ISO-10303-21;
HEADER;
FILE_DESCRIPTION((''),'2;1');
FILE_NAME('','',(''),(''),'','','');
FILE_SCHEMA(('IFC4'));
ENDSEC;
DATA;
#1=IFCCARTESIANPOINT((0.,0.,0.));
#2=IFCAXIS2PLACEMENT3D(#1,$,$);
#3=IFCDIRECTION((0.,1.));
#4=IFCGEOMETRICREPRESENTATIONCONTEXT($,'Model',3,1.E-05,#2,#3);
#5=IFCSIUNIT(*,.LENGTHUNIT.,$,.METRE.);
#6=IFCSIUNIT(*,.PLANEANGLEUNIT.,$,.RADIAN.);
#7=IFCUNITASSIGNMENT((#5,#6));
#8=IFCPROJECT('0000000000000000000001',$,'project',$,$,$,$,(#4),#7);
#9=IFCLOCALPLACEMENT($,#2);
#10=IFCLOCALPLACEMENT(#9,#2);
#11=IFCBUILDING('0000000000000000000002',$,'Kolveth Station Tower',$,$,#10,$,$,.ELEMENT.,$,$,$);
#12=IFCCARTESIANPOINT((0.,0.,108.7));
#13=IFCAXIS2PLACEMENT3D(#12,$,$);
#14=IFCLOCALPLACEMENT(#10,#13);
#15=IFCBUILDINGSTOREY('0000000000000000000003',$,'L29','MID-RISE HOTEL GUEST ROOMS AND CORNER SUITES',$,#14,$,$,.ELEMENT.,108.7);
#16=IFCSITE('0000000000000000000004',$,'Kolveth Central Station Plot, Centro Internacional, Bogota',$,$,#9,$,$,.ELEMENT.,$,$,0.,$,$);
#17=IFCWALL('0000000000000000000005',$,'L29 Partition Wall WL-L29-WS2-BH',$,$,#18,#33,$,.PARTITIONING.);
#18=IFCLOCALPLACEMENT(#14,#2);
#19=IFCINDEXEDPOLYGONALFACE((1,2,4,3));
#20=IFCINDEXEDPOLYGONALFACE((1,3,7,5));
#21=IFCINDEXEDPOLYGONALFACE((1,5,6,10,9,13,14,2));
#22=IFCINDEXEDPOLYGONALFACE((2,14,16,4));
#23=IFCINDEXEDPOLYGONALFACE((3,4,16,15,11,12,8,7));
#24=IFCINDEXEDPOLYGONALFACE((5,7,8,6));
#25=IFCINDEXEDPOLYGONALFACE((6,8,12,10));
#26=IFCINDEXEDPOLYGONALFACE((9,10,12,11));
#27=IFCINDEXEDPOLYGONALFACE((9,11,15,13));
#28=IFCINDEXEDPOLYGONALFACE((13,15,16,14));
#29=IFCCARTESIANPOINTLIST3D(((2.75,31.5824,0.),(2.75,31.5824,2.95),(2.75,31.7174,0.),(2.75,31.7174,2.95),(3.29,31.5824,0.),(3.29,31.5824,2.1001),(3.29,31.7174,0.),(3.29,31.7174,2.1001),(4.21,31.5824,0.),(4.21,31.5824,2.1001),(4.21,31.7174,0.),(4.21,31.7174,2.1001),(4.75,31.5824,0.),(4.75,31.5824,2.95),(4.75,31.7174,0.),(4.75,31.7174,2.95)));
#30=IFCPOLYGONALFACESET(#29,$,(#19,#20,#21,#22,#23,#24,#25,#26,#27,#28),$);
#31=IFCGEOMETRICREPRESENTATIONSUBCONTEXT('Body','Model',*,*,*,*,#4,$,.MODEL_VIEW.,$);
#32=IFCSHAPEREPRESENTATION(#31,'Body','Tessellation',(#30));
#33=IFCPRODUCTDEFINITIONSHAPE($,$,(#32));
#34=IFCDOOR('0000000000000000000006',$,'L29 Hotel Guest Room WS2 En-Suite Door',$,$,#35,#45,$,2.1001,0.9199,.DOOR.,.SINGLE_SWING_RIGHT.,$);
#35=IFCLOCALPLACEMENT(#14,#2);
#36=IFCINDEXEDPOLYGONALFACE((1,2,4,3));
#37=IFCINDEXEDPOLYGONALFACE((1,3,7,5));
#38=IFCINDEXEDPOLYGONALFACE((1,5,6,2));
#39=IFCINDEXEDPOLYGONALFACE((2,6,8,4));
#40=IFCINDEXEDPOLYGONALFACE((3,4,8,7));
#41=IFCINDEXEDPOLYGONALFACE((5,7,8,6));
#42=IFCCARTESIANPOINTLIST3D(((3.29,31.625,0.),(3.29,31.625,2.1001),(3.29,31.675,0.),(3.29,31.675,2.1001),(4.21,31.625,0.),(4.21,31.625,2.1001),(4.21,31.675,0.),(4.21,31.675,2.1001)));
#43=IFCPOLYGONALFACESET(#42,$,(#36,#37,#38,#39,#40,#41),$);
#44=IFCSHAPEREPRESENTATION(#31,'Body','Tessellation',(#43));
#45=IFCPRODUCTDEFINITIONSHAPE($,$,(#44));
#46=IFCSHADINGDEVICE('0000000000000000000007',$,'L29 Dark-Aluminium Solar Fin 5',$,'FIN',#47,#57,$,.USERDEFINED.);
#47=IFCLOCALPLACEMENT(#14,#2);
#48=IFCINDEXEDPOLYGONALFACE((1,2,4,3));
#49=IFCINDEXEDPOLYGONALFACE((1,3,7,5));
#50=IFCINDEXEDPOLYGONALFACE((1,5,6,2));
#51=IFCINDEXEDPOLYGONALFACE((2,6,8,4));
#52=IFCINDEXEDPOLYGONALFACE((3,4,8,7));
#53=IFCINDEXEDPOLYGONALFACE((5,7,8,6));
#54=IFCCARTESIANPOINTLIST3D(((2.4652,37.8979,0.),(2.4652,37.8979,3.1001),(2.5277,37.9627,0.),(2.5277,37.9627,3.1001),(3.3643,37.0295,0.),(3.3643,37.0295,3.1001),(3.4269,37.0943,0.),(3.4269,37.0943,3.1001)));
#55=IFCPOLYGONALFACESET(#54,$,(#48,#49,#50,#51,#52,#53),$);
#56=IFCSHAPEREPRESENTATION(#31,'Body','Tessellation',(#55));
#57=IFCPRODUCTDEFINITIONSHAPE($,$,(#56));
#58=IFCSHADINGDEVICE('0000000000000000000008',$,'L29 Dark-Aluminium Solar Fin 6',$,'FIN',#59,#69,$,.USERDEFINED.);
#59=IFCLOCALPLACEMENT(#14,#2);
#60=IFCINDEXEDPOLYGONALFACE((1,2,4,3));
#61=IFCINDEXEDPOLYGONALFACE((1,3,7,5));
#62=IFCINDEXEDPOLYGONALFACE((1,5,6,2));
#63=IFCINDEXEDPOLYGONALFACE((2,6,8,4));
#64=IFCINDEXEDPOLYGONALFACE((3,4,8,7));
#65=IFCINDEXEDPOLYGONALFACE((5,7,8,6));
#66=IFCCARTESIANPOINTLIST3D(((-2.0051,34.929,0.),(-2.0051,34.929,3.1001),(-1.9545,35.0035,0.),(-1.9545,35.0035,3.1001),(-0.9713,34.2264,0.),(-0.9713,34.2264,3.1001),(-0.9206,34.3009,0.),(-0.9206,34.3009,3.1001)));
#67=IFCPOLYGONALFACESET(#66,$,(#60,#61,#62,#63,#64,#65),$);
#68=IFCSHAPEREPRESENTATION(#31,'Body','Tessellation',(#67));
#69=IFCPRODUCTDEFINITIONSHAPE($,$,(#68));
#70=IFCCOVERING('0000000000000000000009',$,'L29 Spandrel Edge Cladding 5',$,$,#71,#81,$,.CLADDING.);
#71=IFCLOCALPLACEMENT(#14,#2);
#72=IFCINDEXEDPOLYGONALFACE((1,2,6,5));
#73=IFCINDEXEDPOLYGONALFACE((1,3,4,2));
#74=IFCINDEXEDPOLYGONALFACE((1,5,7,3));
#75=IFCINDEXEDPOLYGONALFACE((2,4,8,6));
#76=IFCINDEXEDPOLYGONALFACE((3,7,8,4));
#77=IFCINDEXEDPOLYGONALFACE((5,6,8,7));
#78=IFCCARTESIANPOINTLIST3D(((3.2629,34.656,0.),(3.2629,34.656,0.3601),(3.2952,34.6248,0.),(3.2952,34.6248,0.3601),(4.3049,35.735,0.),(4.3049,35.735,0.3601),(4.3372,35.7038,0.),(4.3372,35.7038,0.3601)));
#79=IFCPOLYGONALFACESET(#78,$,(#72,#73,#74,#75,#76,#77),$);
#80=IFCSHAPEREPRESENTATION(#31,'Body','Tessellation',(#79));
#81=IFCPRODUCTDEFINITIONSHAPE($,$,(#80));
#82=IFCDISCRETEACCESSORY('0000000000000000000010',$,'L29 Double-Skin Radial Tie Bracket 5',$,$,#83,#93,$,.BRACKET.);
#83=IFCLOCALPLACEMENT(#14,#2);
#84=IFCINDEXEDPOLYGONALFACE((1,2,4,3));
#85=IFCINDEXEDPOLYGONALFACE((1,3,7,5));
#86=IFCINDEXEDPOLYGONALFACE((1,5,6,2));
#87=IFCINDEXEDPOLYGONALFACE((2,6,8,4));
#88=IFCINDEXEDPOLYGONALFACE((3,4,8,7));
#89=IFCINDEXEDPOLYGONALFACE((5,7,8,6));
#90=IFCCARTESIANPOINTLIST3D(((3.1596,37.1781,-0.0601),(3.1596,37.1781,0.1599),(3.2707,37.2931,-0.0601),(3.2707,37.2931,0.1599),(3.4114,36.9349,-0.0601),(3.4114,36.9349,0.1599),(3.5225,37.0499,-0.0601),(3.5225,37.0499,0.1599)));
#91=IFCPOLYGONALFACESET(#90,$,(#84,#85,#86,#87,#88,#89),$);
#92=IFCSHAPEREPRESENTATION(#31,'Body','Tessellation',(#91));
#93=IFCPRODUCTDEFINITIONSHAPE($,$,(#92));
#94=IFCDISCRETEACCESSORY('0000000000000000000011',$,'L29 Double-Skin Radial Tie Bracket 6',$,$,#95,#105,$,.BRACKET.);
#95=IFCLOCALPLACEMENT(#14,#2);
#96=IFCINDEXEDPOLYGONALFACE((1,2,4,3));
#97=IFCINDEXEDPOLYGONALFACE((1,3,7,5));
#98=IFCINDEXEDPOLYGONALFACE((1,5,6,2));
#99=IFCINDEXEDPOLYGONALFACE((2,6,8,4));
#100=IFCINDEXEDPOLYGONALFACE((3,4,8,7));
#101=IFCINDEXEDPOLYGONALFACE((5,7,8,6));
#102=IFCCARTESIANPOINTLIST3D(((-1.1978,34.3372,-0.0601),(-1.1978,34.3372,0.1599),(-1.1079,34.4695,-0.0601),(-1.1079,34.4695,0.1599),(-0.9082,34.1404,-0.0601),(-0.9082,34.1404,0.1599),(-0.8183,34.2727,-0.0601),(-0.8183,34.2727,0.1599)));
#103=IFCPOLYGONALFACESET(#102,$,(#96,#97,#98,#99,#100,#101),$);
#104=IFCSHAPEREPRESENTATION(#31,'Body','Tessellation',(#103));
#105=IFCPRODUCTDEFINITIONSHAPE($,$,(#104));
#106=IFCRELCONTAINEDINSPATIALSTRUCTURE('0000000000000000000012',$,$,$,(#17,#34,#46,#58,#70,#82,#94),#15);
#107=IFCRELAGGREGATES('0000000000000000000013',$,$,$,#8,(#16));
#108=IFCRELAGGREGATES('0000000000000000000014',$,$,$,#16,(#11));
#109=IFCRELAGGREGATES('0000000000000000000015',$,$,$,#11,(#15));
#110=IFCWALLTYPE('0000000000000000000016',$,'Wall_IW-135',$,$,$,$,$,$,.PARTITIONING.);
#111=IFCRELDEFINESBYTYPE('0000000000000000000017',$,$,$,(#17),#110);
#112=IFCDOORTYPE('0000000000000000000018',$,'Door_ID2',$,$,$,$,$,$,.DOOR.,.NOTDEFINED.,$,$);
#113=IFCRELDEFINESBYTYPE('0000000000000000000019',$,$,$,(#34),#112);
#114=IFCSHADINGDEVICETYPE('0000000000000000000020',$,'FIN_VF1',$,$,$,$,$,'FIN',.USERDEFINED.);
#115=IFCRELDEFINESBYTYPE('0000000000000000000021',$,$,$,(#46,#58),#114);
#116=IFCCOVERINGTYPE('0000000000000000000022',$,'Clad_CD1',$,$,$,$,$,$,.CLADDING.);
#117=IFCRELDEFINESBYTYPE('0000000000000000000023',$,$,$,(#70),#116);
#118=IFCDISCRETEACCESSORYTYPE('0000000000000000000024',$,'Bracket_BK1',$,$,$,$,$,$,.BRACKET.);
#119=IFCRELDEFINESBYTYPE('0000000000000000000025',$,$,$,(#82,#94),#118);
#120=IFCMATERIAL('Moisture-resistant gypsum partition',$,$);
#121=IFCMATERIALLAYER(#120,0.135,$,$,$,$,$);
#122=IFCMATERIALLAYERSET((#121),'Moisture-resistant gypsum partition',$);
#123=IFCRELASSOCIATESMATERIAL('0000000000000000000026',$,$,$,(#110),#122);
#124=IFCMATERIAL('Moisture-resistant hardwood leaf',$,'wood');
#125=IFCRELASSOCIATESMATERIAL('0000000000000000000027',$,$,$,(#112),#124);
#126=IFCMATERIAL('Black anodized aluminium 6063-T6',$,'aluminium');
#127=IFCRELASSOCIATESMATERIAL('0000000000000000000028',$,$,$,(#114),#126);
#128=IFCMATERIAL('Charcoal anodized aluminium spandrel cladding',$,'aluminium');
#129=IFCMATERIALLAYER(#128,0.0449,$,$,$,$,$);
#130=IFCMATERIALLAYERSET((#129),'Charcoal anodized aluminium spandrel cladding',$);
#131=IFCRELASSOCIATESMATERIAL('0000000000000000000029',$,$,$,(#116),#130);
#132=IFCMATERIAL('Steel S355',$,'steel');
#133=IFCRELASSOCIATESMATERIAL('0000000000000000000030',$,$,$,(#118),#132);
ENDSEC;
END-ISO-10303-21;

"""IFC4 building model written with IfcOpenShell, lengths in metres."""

from ifc_helpers import new_model, si_unit, direction, frame, frame_2d, origin, origin_2d, place, context, subcontext, project, spatial, rectangle, extrude, source, transform, mapped, material, layer, layer_set, type_object, element, fill, save


model = new_model("IFC4")

# Units and contexts
model_context = context("Model", 3, precision=1e-05, world=origin(), true_north=direction((0.0, 1.0)))
body_context = subcontext(model_context, "Body", "Model", "MODEL_VIEW")
ifc_project = project(units=[si_unit("LENGTHUNIT", "METRE"), si_unit("PLANEANGLEUNIT", "RADIAN")], contexts=[model_context])

# Site, building, storey
site_placement = place(None, origin())
site = spatial("IfcSite", under=ifc_project, at=site_placement, Name="Kolveth Central Station Plot, Centro Internacional, Bogota", CompositionType="ELEMENT", RefElevation=0.0)
building_placement = place(site_placement, origin())
building = spatial("IfcBuilding", under=site, at=building_placement, Name="Kolveth Station Tower", CompositionType="ELEMENT")
storey_placement = place(building_placement, frame((0.0, 0.0, 108.7)))
storey = spatial("IfcBuildingStorey", under=building, at=storey_placement, Name="L29", Description="MID-RISE HOTEL GUEST ROOMS AND CORNER SUITES", CompositionType="ELEMENT", Elevation=108.7)

# Shared definitions
ifc_material_1 = material(Name="Black anodized aluminium 6063-T6", Category="aluminium")

# Wall, opening, door
ifc_material_2 = material(Name="Moisture-resistant gypsum partition")
ifc_layer_1 = layer(ifc_material_2, 0.135)
ifc_layer_set_1 = layer_set([ifc_layer_1], Name="Moisture-resistant gypsum partition")
wall_type = type_object("IfcWallType", Name="Wall_IW-135", PredefinedType="PARTITIONING", material=ifc_layer_set_1)
wall_placement = place(storey_placement, frame((2.75, 31.6499, 0.0), z_axis=(0.0, 0.0, 1.0), x_axis=(1.0, 0.0, 0.0)))
wall = element("IfcWall", 1, at=wall_placement, inside=storey, type_object=wall_type, Name="L29 Partition Wall WL-L29-WS2-BH", PredefinedType="PARTITIONING", context=body_context, shape_type="SweptSolid", body=[
    extrude(rectangle(XDim=2.0, YDim=0.135, at=frame_2d((1.0, 0.0))), origin(), (0.0, 0.0, 1.0), 2.95),
])
opening_placement = place(wall_placement, frame((0.54, 0.0, 0.0)))
opening = element("IfcOpeningElement", 2, at=opening_placement, cuts=wall, PredefinedType="OPENING", context=body_context, shape_type="SweptSolid", body=[
    extrude(rectangle(XDim=0.9199, YDim=2.1001, at=frame_2d((0.46, 1.05))), frame((0.0, 0.0774, 0.0), z_axis=(0.0, -1.0, 0.0), x_axis=(1.0, 0.0, 0.0)), (0.0, 0.0, 1.0), 0.155),
])
ifc_material_3 = material(Name="Moisture-resistant hardwood leaf", Category="wood")
door_type = type_object("IfcDoorType", Name="Door_ID2", OperationType="NOTDEFINED", PredefinedType="DOOR", material=ifc_material_3)
door_placement = place(opening_placement, frame((0.9199, 0.0, 0.0), z_axis=(0.0, 0.0, 1.0), x_axis=(-1.0, 0.0, 0.0)))
door = element("IfcDoor", 3, at=door_placement, inside=storey, type_object=door_type, Name="L29 Hotel Guest Room WS2 En-Suite Door", OperationType="SINGLE_SWING_RIGHT", OverallHeight=2.1001, OverallWidth=0.9199, PredefinedType="DOOR", context=body_context, shape_type="SweptSolid", body=[
    extrude(rectangle(XDim=0.9199, YDim=2.1001, at=frame_2d((0.46, 1.05))), frame((0.0, 0.0249, 0.0), z_axis=(0.0, -1.0, 0.0), x_axis=(1.0, 0.0, 0.0)), (0.0, 0.0, 1.0), 0.05),
])
fill(opening, door)

# Shading devices
shading_device_type = type_object("IfcShadingDeviceType", Name="FIN_VF1", ElementType="FIN", PredefinedType="USERDEFINED", material=ifc_material_1)
shared_shape_1 = source(origin(), body_context, "Body", "SweptSolid", [
    extrude(rectangle(XDim=1.25, YDim=0.0901, at=origin_2d()), origin(), (0.0, 0.0, 1.0), 3.1001),
])
for number, where, z_axis, x_axis, name in (
    (4, (2.946, 37.4961, 0.0), (0.0, 0.0, 1.0), (-0.71934, 0.694658, 0.0), "L29 Dark-Aluminium Solar Fin 5"),
    (5, (-1.4629, 34.615, 0.0), (0.0, 0.0, 1.0), (-0.827081, 0.562083, 0.0), "L29 Dark-Aluminium Solar Fin 6"),
):
    element("IfcShadingDevice", number, at=place(storey_placement, frame(where, z_axis=z_axis, x_axis=x_axis)), inside=storey, type_object=shading_device_type, Name=name, ObjectType="FIN", PredefinedType="USERDEFINED", context=body_context, shape_type="MappedRepresentation", body=[
        mapped(shared_shape_1, transform((0.0, 0.0, 0.0), x_axis=(1.0, 0.0, 0.0), y_axis=(0.0, 1.0, 0.0), z_axis=(0.0, 0.0, 1.0), scale=1.0)),
    ])

# Covering
ifc_material_4 = material(Name="Charcoal anodized aluminium spandrel cladding", Category="aluminium")
ifc_layer_2 = layer(ifc_material_4, 0.0449)
ifc_layer_set_2 = layer_set([ifc_layer_2], Name="Charcoal anodized aluminium spandrel cladding")
covering_type = type_object("IfcCoveringType", Name="Clad_CD1", PredefinedType="CLADDING", material=ifc_layer_set_2)
shared_shape_2 = source(origin(), body_context, "Body", "SweptSolid", [
    extrude(rectangle(XDim=1.5, YDim=0.0449, at=origin_2d()), origin(), (0.0, 0.0, 1.0), 0.3601),
])
covering_placement = place(storey_placement, frame((3.8, 35.1799, 0.0), z_axis=(0.0, 0.0, 1.0), x_axis=(-0.694658, -0.71934, 0.0)))
element("IfcCovering", 6, at=covering_placement, inside=storey, type_object=covering_type, Name="L29 Spandrel Edge Cladding 5", PredefinedType="CLADDING", context=body_context, shape_type="MappedRepresentation", body=[
    mapped(shared_shape_2, transform((0.0, 0.0, 0.0), x_axis=(1.0, 0.0, 0.0), y_axis=(0.0, 1.0, 0.0), z_axis=(0.0, 0.0, 1.0), scale=1.0)),
])

# Discrete accessories
ifc_material_5 = material(Name="Steel S355", Category="steel")
discrete_accessory_type = type_object("IfcDiscreteAccessoryType", Name="Bracket_BK1", PredefinedType="BRACKET", material=ifc_material_5)
shared_shape_3 = source(origin(), body_context, "Body", "SweptSolid", [
    extrude(rectangle(XDim=0.3501, YDim=0.1599, at=origin_2d()), origin(), (0.0, 0.0, 1.0), 0.22),
])
for number, where, z_axis, x_axis, name in (
    (7, (3.3411, 37.114, -0.0601), (0.0, 0.0, 1.0), (-0.71934, 0.694658, 0.0), "L29 Double-Skin Radial Tie Bracket 5"),
    (8, (-1.0081, 34.3049, -0.0601), (0.0, 0.0, 1.0), (-0.827081, 0.562083, 0.0), "L29 Double-Skin Radial Tie Bracket 6"),
):
    element("IfcDiscreteAccessory", number, at=place(storey_placement, frame(where, z_axis=z_axis, x_axis=x_axis)), inside=storey, type_object=discrete_accessory_type, Name=name, PredefinedType="BRACKET", context=body_context, shape_type="MappedRepresentation", body=[
        mapped(shared_shape_3, transform((0.0, 0.0, 0.0), x_axis=(1.0, 0.0, 0.0), y_axis=(0.0, 1.0, 0.0), z_axis=(0.0, 0.0, 1.0), scale=1.0)),
    ])

save(model, "model.ifc")
